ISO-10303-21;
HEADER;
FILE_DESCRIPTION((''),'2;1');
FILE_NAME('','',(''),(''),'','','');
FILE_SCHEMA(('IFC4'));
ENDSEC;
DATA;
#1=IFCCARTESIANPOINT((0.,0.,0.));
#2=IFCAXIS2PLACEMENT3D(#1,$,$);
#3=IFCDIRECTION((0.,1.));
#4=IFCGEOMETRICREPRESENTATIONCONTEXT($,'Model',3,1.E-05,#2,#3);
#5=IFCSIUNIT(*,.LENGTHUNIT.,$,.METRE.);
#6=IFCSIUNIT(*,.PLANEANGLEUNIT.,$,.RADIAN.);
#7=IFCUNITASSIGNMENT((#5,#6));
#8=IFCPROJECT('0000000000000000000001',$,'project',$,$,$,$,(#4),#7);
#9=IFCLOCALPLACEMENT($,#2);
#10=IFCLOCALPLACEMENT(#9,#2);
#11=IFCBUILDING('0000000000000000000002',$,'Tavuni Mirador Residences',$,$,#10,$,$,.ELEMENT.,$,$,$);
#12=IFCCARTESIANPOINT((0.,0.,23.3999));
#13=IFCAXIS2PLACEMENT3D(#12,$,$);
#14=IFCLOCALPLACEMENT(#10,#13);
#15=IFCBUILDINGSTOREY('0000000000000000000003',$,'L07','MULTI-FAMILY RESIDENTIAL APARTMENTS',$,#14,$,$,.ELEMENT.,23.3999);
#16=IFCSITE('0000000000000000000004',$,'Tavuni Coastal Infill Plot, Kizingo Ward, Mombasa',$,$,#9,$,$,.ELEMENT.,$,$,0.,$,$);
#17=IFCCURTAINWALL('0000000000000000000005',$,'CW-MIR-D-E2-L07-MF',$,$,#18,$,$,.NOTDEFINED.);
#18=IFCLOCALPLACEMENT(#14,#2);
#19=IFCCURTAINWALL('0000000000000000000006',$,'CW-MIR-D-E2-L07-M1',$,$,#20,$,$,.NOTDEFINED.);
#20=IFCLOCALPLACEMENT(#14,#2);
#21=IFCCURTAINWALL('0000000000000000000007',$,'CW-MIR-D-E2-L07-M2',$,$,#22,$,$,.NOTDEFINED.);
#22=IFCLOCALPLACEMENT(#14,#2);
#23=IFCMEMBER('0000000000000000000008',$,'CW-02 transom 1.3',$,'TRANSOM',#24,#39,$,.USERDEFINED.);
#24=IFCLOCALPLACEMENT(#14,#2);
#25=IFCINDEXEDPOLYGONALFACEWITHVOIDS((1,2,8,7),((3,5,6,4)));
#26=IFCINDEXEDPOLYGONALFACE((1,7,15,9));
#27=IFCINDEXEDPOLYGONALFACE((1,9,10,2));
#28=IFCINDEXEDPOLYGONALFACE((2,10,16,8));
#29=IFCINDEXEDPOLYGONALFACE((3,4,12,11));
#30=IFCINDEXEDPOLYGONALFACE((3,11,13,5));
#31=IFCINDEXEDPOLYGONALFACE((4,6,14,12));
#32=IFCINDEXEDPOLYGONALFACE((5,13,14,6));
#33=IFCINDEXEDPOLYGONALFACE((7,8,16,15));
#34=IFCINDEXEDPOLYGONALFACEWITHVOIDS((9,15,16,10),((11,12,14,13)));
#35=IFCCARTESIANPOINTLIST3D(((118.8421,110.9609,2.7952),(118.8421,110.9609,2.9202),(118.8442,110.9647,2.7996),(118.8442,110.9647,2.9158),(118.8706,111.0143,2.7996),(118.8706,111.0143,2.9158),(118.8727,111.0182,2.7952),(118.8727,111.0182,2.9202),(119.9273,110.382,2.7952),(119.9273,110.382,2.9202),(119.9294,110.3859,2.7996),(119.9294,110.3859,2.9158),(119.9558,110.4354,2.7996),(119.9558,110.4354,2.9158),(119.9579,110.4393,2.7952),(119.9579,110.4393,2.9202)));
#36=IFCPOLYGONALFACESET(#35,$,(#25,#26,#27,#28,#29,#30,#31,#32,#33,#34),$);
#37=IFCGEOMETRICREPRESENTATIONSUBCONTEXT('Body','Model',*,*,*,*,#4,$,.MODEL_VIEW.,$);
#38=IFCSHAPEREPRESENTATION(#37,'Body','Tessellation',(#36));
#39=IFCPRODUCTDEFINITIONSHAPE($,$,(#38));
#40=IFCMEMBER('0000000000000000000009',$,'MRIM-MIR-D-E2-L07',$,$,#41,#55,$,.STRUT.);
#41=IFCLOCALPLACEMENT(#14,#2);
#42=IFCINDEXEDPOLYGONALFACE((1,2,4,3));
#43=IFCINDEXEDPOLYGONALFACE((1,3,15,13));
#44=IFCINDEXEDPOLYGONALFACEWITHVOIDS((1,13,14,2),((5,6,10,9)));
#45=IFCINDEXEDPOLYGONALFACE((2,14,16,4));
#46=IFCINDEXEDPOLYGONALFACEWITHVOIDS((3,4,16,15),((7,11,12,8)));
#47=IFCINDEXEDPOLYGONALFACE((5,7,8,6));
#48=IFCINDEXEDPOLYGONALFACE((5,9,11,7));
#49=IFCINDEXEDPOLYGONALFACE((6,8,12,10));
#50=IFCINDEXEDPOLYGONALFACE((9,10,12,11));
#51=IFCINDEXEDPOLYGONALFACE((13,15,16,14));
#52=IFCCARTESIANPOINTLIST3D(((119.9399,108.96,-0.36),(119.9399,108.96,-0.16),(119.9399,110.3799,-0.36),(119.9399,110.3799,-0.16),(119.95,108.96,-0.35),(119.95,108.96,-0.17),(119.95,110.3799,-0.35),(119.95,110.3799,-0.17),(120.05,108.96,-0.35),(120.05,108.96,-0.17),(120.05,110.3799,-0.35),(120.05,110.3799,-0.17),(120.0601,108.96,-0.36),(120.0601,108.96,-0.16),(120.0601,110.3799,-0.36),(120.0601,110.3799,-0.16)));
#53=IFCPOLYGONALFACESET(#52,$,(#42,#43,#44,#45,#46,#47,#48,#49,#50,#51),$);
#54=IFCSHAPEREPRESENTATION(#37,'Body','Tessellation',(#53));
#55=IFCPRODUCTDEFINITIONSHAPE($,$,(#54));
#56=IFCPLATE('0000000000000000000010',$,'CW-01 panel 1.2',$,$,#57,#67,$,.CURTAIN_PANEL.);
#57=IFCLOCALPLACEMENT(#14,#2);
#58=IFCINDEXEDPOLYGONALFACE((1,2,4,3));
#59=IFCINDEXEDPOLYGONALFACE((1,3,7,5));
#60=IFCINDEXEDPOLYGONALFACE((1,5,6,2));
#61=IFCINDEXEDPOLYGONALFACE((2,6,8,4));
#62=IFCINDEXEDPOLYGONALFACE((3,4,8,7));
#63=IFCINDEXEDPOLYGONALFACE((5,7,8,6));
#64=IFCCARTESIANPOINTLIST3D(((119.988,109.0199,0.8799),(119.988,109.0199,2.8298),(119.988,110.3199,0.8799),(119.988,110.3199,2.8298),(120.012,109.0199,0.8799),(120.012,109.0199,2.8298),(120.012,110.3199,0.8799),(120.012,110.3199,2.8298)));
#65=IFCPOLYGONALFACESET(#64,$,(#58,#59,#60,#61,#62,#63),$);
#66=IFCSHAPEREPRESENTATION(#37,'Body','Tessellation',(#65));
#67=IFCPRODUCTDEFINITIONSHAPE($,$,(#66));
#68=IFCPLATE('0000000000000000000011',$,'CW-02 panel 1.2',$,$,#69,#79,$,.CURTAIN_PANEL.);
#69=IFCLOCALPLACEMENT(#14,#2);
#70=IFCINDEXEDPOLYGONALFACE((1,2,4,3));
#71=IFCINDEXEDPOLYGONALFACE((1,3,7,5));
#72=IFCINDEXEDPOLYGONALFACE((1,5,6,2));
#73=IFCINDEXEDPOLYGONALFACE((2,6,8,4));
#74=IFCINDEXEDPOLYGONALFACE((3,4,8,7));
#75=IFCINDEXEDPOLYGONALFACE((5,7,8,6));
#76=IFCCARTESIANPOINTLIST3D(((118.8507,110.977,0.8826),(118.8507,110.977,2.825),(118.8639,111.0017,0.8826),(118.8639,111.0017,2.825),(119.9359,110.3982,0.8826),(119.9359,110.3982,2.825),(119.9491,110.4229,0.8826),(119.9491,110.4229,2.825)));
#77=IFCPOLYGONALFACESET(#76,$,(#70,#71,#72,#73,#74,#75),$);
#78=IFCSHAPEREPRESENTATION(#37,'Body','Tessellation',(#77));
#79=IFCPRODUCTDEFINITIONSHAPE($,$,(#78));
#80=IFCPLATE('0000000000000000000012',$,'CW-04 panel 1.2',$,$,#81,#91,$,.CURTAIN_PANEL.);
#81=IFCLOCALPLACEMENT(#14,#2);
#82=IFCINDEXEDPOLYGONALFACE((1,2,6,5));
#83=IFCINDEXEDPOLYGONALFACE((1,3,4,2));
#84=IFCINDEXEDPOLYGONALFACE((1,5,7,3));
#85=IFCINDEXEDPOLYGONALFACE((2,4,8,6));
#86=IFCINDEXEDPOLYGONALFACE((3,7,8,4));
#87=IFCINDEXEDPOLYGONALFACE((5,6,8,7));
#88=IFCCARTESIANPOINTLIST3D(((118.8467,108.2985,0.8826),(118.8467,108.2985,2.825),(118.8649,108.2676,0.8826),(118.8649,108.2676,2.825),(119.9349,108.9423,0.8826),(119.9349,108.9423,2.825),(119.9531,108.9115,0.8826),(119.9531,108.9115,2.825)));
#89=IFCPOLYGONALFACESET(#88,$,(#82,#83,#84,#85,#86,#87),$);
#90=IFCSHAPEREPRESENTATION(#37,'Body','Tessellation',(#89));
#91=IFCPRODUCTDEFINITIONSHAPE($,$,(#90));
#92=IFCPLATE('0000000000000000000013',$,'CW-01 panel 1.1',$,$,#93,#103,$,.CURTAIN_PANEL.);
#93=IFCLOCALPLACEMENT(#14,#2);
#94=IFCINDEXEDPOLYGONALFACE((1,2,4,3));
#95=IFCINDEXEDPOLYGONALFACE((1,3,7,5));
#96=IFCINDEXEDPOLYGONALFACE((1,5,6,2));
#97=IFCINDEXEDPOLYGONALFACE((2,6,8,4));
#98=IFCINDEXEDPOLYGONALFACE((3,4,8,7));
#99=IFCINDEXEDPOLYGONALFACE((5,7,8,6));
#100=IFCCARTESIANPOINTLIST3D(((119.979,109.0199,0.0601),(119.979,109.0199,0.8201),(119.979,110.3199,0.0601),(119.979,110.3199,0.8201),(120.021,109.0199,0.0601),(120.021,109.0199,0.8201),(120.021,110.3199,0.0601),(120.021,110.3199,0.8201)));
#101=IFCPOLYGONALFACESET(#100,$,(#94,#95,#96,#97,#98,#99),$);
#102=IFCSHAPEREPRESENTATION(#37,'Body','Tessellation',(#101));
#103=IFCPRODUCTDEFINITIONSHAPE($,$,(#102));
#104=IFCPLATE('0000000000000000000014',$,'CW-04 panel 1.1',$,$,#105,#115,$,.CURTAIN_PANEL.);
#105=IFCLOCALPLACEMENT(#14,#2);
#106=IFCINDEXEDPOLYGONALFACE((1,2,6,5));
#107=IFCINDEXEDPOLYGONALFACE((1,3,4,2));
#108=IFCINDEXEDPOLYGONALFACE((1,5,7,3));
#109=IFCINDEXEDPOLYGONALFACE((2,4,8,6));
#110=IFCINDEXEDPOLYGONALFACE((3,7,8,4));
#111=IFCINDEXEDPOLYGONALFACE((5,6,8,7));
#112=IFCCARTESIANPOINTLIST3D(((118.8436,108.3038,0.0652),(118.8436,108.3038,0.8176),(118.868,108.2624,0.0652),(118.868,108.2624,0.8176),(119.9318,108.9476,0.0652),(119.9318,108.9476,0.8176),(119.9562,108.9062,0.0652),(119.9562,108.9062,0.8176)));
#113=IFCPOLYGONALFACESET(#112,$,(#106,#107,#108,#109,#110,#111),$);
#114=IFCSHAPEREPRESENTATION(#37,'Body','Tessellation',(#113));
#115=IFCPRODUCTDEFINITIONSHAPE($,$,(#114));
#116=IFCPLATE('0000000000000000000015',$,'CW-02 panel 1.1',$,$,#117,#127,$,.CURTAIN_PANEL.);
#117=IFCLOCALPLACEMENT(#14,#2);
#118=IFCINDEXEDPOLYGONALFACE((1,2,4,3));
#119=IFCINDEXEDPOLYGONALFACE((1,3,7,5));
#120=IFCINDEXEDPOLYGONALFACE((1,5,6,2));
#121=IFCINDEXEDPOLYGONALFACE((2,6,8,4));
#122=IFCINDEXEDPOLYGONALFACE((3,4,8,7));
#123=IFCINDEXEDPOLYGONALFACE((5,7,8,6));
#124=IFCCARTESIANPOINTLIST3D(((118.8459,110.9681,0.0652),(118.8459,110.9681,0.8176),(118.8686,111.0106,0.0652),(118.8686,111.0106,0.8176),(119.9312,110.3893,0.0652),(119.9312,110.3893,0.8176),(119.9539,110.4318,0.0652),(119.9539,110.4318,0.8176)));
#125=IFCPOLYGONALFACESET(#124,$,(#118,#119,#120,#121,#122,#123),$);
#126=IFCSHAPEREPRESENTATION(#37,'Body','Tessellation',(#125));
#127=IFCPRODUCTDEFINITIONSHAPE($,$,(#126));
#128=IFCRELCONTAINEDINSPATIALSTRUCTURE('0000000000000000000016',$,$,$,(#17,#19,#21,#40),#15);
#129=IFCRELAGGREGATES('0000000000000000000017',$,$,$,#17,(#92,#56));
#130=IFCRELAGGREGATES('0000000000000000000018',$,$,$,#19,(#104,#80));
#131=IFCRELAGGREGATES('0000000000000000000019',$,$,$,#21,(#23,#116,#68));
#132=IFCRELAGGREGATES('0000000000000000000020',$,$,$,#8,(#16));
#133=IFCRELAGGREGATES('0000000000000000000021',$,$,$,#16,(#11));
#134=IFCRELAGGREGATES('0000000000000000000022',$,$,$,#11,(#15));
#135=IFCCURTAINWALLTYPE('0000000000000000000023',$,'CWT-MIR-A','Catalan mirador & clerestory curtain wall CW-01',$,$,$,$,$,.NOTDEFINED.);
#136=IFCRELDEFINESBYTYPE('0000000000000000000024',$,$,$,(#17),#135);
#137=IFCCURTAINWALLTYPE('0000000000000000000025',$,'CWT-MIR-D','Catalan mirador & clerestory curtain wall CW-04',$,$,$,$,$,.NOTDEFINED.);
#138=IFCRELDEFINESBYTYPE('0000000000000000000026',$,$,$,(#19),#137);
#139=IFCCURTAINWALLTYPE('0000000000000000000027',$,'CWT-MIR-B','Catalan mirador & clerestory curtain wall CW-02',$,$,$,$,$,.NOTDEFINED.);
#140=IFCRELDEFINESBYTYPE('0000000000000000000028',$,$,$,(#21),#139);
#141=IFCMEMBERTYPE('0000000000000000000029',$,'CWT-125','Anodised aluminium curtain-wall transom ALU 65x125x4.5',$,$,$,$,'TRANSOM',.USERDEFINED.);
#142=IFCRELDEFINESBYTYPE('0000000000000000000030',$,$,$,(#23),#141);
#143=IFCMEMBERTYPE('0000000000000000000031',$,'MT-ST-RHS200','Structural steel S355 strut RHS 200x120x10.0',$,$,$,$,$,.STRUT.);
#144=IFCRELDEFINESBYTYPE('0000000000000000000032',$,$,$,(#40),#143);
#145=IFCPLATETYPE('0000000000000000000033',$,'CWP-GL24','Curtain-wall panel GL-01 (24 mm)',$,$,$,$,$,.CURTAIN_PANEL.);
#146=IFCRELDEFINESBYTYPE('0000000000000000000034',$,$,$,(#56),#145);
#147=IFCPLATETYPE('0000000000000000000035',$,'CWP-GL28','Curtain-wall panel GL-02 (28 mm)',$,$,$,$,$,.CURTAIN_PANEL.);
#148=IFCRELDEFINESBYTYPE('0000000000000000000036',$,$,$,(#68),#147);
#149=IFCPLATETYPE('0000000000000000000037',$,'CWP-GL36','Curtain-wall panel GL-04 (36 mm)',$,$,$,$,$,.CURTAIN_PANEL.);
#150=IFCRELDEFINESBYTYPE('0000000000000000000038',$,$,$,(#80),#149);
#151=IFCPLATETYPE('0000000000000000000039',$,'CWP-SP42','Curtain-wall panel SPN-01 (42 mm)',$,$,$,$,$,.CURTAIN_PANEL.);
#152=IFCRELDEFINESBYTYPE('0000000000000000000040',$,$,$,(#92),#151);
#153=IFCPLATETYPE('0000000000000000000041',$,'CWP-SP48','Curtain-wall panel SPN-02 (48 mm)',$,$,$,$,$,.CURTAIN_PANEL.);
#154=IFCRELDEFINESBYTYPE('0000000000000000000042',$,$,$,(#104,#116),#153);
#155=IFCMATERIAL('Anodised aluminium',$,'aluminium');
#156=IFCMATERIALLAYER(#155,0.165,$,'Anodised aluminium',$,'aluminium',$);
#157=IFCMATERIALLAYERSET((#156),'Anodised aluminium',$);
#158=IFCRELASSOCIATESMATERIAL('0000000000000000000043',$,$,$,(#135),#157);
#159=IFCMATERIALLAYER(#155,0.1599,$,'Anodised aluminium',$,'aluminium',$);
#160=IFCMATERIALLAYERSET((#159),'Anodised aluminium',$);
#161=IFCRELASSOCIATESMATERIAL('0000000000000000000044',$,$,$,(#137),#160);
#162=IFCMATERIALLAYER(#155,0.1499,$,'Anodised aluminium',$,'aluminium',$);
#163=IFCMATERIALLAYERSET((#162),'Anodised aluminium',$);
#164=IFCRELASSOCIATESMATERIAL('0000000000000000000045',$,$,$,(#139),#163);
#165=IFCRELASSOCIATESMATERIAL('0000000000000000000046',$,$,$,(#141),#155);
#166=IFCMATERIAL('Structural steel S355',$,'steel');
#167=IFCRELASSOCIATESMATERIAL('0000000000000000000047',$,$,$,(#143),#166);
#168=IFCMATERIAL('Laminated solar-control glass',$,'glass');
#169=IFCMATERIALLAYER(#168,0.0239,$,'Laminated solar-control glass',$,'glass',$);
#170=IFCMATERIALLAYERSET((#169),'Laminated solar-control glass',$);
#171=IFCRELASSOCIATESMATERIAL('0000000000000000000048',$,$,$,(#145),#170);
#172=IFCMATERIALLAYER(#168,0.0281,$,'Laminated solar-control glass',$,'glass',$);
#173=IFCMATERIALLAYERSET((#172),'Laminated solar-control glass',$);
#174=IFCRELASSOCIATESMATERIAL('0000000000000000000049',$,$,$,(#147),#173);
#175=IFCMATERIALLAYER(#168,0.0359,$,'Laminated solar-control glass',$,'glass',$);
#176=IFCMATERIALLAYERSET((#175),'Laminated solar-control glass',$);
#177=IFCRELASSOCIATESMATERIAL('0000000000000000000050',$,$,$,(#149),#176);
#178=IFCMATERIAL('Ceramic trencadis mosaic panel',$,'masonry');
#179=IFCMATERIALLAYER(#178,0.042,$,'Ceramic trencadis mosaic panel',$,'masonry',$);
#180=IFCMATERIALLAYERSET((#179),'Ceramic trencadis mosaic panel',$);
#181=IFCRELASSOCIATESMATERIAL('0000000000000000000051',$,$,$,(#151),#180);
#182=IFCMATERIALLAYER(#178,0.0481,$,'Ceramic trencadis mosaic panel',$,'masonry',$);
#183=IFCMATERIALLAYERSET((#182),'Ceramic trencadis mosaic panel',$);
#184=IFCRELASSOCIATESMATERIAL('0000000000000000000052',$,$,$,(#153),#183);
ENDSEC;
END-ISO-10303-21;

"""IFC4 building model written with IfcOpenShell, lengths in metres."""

from ifc_helpers import new_model, si_unit, direction, frame, origin, origin_2d, place, context, subcontext, project, spatial, rectangle, hollow_rectangle, extrude, material, layer, layer_set, material_profile, profile_set, type_object, element, aggregate, save


model = new_model("IFC4")

# Units and contexts
model_context = context("Model", 3, precision=1e-05, world=origin(), true_north=direction((0.0, 1.0)))
body_context = subcontext(model_context, "Body", "Model", "MODEL_VIEW")
ifc_project = project(units=[si_unit("LENGTHUNIT", "METRE"), si_unit("PLANEANGLEUNIT", "RADIAN")], contexts=[model_context])

# Site, building, storey
site_placement = place(None, origin())
site = spatial("IfcSite", under=ifc_project, at=site_placement, Name="Tavuni Coastal Infill Plot, Kizingo Ward, Mombasa", CompositionType="ELEMENT", RefElevation=0.0)
building_placement = place(site_placement, origin())
building = spatial("IfcBuilding", under=site, at=building_placement, Name="Tavuni Mirador Residences", CompositionType="ELEMENT")
storey_placement = place(building_placement, frame((0.0, 0.0, 23.3999)))
storey = spatial("IfcBuildingStorey", under=building, at=storey_placement, Name="L07", Description="MULTI-FAMILY RESIDENTIAL APARTMENTS", CompositionType="ELEMENT", Elevation=23.3999)

# Curtain wall
ifc_material_1 = material(Name="Anodised aluminium", Category="aluminium")
ifc_layer_1 = layer(ifc_material_1, 0.165, Name="Anodised aluminium", Category="aluminium")
ifc_layer_set_1 = layer_set([ifc_layer_1], Name="Anodised aluminium")
curtain_wall_type_1 = type_object("IfcCurtainWallType", Name="CWT-MIR-A", Description="Catalan mirador & clerestory curtain wall CW-01", PredefinedType="NOTDEFINED", material=ifc_layer_set_1)
curtain_wall_1_placement = place(storey_placement, origin())
curtain_wall_1 = element("IfcCurtainWall", 1, at=curtain_wall_1_placement, inside=storey, type_object=curtain_wall_type_1, Name="CW-MIR-D-E2-L07-MF", PredefinedType="NOTDEFINED")

# Curtain wall
ifc_layer_2 = layer(ifc_material_1, 0.1599, Name="Anodised aluminium", Category="aluminium")
ifc_layer_set_2 = layer_set([ifc_layer_2], Name="Anodised aluminium")
curtain_wall_type_2 = type_object("IfcCurtainWallType", Name="CWT-MIR-D", Description="Catalan mirador & clerestory curtain wall CW-04", PredefinedType="NOTDEFINED", material=ifc_layer_set_2)
curtain_wall_2_placement = place(storey_placement, origin())
curtain_wall_2 = element("IfcCurtainWall", 2, at=curtain_wall_2_placement, inside=storey, type_object=curtain_wall_type_2, Name="CW-MIR-D-E2-L07-M1", PredefinedType="NOTDEFINED")

# Curtain wall
ifc_layer_3 = layer(ifc_material_1, 0.1499, Name="Anodised aluminium", Category="aluminium")
ifc_layer_set_3 = layer_set([ifc_layer_3], Name="Anodised aluminium")
curtain_wall_type_3 = type_object("IfcCurtainWallType", Name="CWT-MIR-B", Description="Catalan mirador & clerestory curtain wall CW-02", PredefinedType="NOTDEFINED", material=ifc_layer_set_3)
curtain_wall_3_placement = place(storey_placement, origin())
curtain_wall_3 = element("IfcCurtainWall", 3, at=curtain_wall_3_placement, inside=storey, type_object=curtain_wall_type_3, Name="CW-MIR-D-E2-L07-M2", PredefinedType="NOTDEFINED")

# Members
ifc_material_profile_1 = material_profile(ifc_material_1, hollow_rectangle(XDim=0.0649, YDim=0.125, WallThickness=0.0044, at=origin_2d()), Name="ALU 65x125x4.5", Category="aluminium")
ifc_profile_set_1 = profile_set([ifc_material_profile_1], Name="Anodised aluminium")
member_type_1 = type_object("IfcMemberType", Name="CWT-125", Description="Anodised aluminium curtain-wall transom ALU 65x125x4.5", ElementType="TRANSOM", PredefinedType="USERDEFINED", material=ifc_profile_set_1)
member_1_placement = place(storey_placement, frame((119.9426, 110.4106, 2.8577), z_axis=(-0.882325, 0.47064, 0.0), x_axis=(-0.47064, -0.882325, 0.0)))
member_1 = element("IfcMember", 4, at=member_1_placement, type_object=member_type_1, Name="CW-02 transom 1.3", ObjectType="TRANSOM", PredefinedType="USERDEFINED", context=body_context, shape_type="SweptSolid", body=[
    extrude(hollow_rectangle(XDim=0.0649, YDim=0.125, WallThickness=0.0044, at=origin_2d()), origin(), (0.0, 0.0, 1.0), 1.23),
])
ifc_material_2 = material(Name="Structural steel S355", Category="steel")
ifc_material_profile_2 = material_profile(ifc_material_2, hollow_rectangle(XDim=0.1201, YDim=0.2, WallThickness=0.01, at=origin_2d()), Name="RHS 200x120x10.0", Category="steel")
ifc_profile_set_2 = profile_set([ifc_material_profile_2], Name="Structural steel S355")
member_type_2 = type_object("IfcMemberType", Name="MT-ST-RHS200", Description="Structural steel S355 strut RHS 200x120x10.0", PredefinedType="STRUT", material=ifc_profile_set_2)
member_2_placement = place(storey_placement, frame((120.0, 108.96, -0.26), z_axis=(0.0, 1.0, 0.0), x_axis=(-1.0, 0.0, 0.0)))
element("IfcMember", 5, at=member_2_placement, inside=storey, type_object=member_type_2, Name="MRIM-MIR-D-E2-L07", PredefinedType="STRUT", context=body_context, shape_type="SweptSolid", body=[
    extrude(hollow_rectangle(XDim=0.1201, YDim=0.2, WallThickness=0.01, at=origin_2d()), origin(), (0.0, 0.0, 1.0), 1.4199),
])

# Plates
ifc_material_3 = material(Name="Laminated solar-control glass", Category="glass")
ifc_layer_4 = layer(ifc_material_3, 0.0239, Name="Laminated solar-control glass", Category="glass")
ifc_layer_set_4 = layer_set([ifc_layer_4], Name="Laminated solar-control glass")
plate_type_1 = type_object("IfcPlateType", Name="CWP-GL24", Description="Curtain-wall panel GL-01 (24 mm)", PredefinedType="CURTAIN_PANEL", material=ifc_layer_set_4)
plate_1_placement = place(storey_placement, frame((120.0, 109.6699, 0.8799), z_axis=(0.0, 0.0, 1.0), x_axis=(0.0, 1.0, 0.0)))
plate_1 = element("IfcPlate", 6, at=plate_1_placement, type_object=plate_type_1, Name="CW-01 panel 1.2", PredefinedType="CURTAIN_PANEL", context=body_context, shape_type="SweptSolid", body=[
    extrude(rectangle(XDim=1.3, YDim=0.0239, at=origin_2d()), origin(), (0.0, 0.0, 1.0), 1.95),
])
ifc_layer_5 = layer(ifc_material_3, 0.0281, Name="Laminated solar-control glass", Category="glass")
ifc_layer_set_5 = layer_set([ifc_layer_5], Name="Laminated solar-control glass")
plate_type_2 = type_object("IfcPlateType", Name="CWP-GL28", Description="Curtain-wall panel GL-02 (28 mm)", PredefinedType="CURTAIN_PANEL", material=ifc_layer_set_5)
plate_2_placement = place(storey_placement, frame((119.3999, 110.7, 0.8826), z_axis=(0.0, 0.0, 1.0), x_axis=(-0.882353, 0.470588, 0.0)))
plate_2 = element("IfcPlate", 7, at=plate_2_placement, type_object=plate_type_2, Name="CW-02 panel 1.2", PredefinedType="CURTAIN_PANEL", context=body_context, shape_type="SweptSolid", body=[
    extrude(rectangle(XDim=1.23, YDim=0.0281, at=origin_2d()), origin(), (0.0, 0.0, 1.0), 1.9424),
])
ifc_layer_6 = layer(ifc_material_3, 0.0359, Name="Laminated solar-control glass", Category="glass")
ifc_layer_set_6 = layer_set([ifc_layer_6], Name="Laminated solar-control glass")
plate_type_3 = type_object("IfcPlateType", Name="CWP-GL36", Description="Curtain-wall panel GL-04 (36 mm)", PredefinedType="CURTAIN_PANEL", material=ifc_layer_set_6)
plate_3_placement = place(storey_placement, frame((119.3999, 108.605, 0.8826), z_axis=(0.0, 0.0, 1.0), x_axis=(0.860641, 0.509212, 0.0)))
plate_3 = element("IfcPlate", 8, at=plate_3_placement, type_object=plate_type_3, Name="CW-04 panel 1.2", PredefinedType="CURTAIN_PANEL", context=body_context, shape_type="SweptSolid", body=[
    extrude(rectangle(XDim=1.2644, YDim=0.0359, at=origin_2d()), origin(), (0.0, 0.0, 1.0), 1.9424),
])
ifc_material_4 = material(Name="Ceramic trencadis mosaic panel", Category="masonry")
ifc_layer_7 = layer(ifc_material_4, 0.042, Name="Ceramic trencadis mosaic panel", Category="masonry")
ifc_layer_set_7 = layer_set([ifc_layer_7], Name="Ceramic trencadis mosaic panel")
plate_type_4 = type_object("IfcPlateType", Name="CWP-SP42", Description="Curtain-wall panel SPN-01 (42 mm)", PredefinedType="CURTAIN_PANEL", material=ifc_layer_set_7)
plate_4_placement = place(storey_placement, frame((120.0, 109.6699, 0.0601), z_axis=(0.0, 0.0, 1.0), x_axis=(0.0, 1.0, 0.0)))
plate_4 = element("IfcPlate", 9, at=plate_4_placement, type_object=plate_type_4, Name="CW-01 panel 1.1", PredefinedType="CURTAIN_PANEL", context=body_context, shape_type="SweptSolid", body=[
    extrude(rectangle(XDim=1.3, YDim=0.042, at=origin_2d()), origin(), (0.0, 0.0, 1.0), 0.76),
])
aggregate(curtain_wall_1, [plate_4, plate_1])
ifc_layer_8 = layer(ifc_material_4, 0.0481, Name="Ceramic trencadis mosaic panel", Category="masonry")
ifc_layer_set_8 = layer_set([ifc_layer_8], Name="Ceramic trencadis mosaic panel")
plate_type_5 = type_object("IfcPlateType", Name="CWP-SP48", Description="Curtain-wall panel SPN-02 (48 mm)", PredefinedType="CURTAIN_PANEL", material=ifc_layer_set_8)
plate_5_placement = place(storey_placement, frame((119.3999, 108.605, 0.0652), z_axis=(0.0, 0.0, 1.0), x_axis=(0.860641, 0.509212, 0.0)))
plate_5 = element("IfcPlate", 10, at=plate_5_placement, type_object=plate_type_5, Name="CW-04 panel 1.1", PredefinedType="CURTAIN_PANEL", context=body_context, shape_type="SweptSolid", body=[
    extrude(rectangle(XDim=1.2644, YDim=0.0481, at=origin_2d()), origin(), (0.0, 0.0, 1.0), 0.7524),
])
aggregate(curtain_wall_2, [plate_5, plate_3])
plate_6_placement = place(storey_placement, frame((119.3999, 110.7, 0.0652), z_axis=(0.0, 0.0, 1.0), x_axis=(-0.882353, 0.470588, 0.0)))
plate_6 = element("IfcPlate", 11, at=plate_6_placement, type_object=plate_type_5, Name="CW-02 panel 1.1", PredefinedType="CURTAIN_PANEL", context=body_context, shape_type="SweptSolid", body=[
    extrude(rectangle(XDim=1.23, YDim=0.0481, at=origin_2d()), origin(), (0.0, 0.0, 1.0), 0.7524),
])
aggregate(curtain_wall_3, [member_1, plate_6, plate_2])

save(model, "model.ifc")
